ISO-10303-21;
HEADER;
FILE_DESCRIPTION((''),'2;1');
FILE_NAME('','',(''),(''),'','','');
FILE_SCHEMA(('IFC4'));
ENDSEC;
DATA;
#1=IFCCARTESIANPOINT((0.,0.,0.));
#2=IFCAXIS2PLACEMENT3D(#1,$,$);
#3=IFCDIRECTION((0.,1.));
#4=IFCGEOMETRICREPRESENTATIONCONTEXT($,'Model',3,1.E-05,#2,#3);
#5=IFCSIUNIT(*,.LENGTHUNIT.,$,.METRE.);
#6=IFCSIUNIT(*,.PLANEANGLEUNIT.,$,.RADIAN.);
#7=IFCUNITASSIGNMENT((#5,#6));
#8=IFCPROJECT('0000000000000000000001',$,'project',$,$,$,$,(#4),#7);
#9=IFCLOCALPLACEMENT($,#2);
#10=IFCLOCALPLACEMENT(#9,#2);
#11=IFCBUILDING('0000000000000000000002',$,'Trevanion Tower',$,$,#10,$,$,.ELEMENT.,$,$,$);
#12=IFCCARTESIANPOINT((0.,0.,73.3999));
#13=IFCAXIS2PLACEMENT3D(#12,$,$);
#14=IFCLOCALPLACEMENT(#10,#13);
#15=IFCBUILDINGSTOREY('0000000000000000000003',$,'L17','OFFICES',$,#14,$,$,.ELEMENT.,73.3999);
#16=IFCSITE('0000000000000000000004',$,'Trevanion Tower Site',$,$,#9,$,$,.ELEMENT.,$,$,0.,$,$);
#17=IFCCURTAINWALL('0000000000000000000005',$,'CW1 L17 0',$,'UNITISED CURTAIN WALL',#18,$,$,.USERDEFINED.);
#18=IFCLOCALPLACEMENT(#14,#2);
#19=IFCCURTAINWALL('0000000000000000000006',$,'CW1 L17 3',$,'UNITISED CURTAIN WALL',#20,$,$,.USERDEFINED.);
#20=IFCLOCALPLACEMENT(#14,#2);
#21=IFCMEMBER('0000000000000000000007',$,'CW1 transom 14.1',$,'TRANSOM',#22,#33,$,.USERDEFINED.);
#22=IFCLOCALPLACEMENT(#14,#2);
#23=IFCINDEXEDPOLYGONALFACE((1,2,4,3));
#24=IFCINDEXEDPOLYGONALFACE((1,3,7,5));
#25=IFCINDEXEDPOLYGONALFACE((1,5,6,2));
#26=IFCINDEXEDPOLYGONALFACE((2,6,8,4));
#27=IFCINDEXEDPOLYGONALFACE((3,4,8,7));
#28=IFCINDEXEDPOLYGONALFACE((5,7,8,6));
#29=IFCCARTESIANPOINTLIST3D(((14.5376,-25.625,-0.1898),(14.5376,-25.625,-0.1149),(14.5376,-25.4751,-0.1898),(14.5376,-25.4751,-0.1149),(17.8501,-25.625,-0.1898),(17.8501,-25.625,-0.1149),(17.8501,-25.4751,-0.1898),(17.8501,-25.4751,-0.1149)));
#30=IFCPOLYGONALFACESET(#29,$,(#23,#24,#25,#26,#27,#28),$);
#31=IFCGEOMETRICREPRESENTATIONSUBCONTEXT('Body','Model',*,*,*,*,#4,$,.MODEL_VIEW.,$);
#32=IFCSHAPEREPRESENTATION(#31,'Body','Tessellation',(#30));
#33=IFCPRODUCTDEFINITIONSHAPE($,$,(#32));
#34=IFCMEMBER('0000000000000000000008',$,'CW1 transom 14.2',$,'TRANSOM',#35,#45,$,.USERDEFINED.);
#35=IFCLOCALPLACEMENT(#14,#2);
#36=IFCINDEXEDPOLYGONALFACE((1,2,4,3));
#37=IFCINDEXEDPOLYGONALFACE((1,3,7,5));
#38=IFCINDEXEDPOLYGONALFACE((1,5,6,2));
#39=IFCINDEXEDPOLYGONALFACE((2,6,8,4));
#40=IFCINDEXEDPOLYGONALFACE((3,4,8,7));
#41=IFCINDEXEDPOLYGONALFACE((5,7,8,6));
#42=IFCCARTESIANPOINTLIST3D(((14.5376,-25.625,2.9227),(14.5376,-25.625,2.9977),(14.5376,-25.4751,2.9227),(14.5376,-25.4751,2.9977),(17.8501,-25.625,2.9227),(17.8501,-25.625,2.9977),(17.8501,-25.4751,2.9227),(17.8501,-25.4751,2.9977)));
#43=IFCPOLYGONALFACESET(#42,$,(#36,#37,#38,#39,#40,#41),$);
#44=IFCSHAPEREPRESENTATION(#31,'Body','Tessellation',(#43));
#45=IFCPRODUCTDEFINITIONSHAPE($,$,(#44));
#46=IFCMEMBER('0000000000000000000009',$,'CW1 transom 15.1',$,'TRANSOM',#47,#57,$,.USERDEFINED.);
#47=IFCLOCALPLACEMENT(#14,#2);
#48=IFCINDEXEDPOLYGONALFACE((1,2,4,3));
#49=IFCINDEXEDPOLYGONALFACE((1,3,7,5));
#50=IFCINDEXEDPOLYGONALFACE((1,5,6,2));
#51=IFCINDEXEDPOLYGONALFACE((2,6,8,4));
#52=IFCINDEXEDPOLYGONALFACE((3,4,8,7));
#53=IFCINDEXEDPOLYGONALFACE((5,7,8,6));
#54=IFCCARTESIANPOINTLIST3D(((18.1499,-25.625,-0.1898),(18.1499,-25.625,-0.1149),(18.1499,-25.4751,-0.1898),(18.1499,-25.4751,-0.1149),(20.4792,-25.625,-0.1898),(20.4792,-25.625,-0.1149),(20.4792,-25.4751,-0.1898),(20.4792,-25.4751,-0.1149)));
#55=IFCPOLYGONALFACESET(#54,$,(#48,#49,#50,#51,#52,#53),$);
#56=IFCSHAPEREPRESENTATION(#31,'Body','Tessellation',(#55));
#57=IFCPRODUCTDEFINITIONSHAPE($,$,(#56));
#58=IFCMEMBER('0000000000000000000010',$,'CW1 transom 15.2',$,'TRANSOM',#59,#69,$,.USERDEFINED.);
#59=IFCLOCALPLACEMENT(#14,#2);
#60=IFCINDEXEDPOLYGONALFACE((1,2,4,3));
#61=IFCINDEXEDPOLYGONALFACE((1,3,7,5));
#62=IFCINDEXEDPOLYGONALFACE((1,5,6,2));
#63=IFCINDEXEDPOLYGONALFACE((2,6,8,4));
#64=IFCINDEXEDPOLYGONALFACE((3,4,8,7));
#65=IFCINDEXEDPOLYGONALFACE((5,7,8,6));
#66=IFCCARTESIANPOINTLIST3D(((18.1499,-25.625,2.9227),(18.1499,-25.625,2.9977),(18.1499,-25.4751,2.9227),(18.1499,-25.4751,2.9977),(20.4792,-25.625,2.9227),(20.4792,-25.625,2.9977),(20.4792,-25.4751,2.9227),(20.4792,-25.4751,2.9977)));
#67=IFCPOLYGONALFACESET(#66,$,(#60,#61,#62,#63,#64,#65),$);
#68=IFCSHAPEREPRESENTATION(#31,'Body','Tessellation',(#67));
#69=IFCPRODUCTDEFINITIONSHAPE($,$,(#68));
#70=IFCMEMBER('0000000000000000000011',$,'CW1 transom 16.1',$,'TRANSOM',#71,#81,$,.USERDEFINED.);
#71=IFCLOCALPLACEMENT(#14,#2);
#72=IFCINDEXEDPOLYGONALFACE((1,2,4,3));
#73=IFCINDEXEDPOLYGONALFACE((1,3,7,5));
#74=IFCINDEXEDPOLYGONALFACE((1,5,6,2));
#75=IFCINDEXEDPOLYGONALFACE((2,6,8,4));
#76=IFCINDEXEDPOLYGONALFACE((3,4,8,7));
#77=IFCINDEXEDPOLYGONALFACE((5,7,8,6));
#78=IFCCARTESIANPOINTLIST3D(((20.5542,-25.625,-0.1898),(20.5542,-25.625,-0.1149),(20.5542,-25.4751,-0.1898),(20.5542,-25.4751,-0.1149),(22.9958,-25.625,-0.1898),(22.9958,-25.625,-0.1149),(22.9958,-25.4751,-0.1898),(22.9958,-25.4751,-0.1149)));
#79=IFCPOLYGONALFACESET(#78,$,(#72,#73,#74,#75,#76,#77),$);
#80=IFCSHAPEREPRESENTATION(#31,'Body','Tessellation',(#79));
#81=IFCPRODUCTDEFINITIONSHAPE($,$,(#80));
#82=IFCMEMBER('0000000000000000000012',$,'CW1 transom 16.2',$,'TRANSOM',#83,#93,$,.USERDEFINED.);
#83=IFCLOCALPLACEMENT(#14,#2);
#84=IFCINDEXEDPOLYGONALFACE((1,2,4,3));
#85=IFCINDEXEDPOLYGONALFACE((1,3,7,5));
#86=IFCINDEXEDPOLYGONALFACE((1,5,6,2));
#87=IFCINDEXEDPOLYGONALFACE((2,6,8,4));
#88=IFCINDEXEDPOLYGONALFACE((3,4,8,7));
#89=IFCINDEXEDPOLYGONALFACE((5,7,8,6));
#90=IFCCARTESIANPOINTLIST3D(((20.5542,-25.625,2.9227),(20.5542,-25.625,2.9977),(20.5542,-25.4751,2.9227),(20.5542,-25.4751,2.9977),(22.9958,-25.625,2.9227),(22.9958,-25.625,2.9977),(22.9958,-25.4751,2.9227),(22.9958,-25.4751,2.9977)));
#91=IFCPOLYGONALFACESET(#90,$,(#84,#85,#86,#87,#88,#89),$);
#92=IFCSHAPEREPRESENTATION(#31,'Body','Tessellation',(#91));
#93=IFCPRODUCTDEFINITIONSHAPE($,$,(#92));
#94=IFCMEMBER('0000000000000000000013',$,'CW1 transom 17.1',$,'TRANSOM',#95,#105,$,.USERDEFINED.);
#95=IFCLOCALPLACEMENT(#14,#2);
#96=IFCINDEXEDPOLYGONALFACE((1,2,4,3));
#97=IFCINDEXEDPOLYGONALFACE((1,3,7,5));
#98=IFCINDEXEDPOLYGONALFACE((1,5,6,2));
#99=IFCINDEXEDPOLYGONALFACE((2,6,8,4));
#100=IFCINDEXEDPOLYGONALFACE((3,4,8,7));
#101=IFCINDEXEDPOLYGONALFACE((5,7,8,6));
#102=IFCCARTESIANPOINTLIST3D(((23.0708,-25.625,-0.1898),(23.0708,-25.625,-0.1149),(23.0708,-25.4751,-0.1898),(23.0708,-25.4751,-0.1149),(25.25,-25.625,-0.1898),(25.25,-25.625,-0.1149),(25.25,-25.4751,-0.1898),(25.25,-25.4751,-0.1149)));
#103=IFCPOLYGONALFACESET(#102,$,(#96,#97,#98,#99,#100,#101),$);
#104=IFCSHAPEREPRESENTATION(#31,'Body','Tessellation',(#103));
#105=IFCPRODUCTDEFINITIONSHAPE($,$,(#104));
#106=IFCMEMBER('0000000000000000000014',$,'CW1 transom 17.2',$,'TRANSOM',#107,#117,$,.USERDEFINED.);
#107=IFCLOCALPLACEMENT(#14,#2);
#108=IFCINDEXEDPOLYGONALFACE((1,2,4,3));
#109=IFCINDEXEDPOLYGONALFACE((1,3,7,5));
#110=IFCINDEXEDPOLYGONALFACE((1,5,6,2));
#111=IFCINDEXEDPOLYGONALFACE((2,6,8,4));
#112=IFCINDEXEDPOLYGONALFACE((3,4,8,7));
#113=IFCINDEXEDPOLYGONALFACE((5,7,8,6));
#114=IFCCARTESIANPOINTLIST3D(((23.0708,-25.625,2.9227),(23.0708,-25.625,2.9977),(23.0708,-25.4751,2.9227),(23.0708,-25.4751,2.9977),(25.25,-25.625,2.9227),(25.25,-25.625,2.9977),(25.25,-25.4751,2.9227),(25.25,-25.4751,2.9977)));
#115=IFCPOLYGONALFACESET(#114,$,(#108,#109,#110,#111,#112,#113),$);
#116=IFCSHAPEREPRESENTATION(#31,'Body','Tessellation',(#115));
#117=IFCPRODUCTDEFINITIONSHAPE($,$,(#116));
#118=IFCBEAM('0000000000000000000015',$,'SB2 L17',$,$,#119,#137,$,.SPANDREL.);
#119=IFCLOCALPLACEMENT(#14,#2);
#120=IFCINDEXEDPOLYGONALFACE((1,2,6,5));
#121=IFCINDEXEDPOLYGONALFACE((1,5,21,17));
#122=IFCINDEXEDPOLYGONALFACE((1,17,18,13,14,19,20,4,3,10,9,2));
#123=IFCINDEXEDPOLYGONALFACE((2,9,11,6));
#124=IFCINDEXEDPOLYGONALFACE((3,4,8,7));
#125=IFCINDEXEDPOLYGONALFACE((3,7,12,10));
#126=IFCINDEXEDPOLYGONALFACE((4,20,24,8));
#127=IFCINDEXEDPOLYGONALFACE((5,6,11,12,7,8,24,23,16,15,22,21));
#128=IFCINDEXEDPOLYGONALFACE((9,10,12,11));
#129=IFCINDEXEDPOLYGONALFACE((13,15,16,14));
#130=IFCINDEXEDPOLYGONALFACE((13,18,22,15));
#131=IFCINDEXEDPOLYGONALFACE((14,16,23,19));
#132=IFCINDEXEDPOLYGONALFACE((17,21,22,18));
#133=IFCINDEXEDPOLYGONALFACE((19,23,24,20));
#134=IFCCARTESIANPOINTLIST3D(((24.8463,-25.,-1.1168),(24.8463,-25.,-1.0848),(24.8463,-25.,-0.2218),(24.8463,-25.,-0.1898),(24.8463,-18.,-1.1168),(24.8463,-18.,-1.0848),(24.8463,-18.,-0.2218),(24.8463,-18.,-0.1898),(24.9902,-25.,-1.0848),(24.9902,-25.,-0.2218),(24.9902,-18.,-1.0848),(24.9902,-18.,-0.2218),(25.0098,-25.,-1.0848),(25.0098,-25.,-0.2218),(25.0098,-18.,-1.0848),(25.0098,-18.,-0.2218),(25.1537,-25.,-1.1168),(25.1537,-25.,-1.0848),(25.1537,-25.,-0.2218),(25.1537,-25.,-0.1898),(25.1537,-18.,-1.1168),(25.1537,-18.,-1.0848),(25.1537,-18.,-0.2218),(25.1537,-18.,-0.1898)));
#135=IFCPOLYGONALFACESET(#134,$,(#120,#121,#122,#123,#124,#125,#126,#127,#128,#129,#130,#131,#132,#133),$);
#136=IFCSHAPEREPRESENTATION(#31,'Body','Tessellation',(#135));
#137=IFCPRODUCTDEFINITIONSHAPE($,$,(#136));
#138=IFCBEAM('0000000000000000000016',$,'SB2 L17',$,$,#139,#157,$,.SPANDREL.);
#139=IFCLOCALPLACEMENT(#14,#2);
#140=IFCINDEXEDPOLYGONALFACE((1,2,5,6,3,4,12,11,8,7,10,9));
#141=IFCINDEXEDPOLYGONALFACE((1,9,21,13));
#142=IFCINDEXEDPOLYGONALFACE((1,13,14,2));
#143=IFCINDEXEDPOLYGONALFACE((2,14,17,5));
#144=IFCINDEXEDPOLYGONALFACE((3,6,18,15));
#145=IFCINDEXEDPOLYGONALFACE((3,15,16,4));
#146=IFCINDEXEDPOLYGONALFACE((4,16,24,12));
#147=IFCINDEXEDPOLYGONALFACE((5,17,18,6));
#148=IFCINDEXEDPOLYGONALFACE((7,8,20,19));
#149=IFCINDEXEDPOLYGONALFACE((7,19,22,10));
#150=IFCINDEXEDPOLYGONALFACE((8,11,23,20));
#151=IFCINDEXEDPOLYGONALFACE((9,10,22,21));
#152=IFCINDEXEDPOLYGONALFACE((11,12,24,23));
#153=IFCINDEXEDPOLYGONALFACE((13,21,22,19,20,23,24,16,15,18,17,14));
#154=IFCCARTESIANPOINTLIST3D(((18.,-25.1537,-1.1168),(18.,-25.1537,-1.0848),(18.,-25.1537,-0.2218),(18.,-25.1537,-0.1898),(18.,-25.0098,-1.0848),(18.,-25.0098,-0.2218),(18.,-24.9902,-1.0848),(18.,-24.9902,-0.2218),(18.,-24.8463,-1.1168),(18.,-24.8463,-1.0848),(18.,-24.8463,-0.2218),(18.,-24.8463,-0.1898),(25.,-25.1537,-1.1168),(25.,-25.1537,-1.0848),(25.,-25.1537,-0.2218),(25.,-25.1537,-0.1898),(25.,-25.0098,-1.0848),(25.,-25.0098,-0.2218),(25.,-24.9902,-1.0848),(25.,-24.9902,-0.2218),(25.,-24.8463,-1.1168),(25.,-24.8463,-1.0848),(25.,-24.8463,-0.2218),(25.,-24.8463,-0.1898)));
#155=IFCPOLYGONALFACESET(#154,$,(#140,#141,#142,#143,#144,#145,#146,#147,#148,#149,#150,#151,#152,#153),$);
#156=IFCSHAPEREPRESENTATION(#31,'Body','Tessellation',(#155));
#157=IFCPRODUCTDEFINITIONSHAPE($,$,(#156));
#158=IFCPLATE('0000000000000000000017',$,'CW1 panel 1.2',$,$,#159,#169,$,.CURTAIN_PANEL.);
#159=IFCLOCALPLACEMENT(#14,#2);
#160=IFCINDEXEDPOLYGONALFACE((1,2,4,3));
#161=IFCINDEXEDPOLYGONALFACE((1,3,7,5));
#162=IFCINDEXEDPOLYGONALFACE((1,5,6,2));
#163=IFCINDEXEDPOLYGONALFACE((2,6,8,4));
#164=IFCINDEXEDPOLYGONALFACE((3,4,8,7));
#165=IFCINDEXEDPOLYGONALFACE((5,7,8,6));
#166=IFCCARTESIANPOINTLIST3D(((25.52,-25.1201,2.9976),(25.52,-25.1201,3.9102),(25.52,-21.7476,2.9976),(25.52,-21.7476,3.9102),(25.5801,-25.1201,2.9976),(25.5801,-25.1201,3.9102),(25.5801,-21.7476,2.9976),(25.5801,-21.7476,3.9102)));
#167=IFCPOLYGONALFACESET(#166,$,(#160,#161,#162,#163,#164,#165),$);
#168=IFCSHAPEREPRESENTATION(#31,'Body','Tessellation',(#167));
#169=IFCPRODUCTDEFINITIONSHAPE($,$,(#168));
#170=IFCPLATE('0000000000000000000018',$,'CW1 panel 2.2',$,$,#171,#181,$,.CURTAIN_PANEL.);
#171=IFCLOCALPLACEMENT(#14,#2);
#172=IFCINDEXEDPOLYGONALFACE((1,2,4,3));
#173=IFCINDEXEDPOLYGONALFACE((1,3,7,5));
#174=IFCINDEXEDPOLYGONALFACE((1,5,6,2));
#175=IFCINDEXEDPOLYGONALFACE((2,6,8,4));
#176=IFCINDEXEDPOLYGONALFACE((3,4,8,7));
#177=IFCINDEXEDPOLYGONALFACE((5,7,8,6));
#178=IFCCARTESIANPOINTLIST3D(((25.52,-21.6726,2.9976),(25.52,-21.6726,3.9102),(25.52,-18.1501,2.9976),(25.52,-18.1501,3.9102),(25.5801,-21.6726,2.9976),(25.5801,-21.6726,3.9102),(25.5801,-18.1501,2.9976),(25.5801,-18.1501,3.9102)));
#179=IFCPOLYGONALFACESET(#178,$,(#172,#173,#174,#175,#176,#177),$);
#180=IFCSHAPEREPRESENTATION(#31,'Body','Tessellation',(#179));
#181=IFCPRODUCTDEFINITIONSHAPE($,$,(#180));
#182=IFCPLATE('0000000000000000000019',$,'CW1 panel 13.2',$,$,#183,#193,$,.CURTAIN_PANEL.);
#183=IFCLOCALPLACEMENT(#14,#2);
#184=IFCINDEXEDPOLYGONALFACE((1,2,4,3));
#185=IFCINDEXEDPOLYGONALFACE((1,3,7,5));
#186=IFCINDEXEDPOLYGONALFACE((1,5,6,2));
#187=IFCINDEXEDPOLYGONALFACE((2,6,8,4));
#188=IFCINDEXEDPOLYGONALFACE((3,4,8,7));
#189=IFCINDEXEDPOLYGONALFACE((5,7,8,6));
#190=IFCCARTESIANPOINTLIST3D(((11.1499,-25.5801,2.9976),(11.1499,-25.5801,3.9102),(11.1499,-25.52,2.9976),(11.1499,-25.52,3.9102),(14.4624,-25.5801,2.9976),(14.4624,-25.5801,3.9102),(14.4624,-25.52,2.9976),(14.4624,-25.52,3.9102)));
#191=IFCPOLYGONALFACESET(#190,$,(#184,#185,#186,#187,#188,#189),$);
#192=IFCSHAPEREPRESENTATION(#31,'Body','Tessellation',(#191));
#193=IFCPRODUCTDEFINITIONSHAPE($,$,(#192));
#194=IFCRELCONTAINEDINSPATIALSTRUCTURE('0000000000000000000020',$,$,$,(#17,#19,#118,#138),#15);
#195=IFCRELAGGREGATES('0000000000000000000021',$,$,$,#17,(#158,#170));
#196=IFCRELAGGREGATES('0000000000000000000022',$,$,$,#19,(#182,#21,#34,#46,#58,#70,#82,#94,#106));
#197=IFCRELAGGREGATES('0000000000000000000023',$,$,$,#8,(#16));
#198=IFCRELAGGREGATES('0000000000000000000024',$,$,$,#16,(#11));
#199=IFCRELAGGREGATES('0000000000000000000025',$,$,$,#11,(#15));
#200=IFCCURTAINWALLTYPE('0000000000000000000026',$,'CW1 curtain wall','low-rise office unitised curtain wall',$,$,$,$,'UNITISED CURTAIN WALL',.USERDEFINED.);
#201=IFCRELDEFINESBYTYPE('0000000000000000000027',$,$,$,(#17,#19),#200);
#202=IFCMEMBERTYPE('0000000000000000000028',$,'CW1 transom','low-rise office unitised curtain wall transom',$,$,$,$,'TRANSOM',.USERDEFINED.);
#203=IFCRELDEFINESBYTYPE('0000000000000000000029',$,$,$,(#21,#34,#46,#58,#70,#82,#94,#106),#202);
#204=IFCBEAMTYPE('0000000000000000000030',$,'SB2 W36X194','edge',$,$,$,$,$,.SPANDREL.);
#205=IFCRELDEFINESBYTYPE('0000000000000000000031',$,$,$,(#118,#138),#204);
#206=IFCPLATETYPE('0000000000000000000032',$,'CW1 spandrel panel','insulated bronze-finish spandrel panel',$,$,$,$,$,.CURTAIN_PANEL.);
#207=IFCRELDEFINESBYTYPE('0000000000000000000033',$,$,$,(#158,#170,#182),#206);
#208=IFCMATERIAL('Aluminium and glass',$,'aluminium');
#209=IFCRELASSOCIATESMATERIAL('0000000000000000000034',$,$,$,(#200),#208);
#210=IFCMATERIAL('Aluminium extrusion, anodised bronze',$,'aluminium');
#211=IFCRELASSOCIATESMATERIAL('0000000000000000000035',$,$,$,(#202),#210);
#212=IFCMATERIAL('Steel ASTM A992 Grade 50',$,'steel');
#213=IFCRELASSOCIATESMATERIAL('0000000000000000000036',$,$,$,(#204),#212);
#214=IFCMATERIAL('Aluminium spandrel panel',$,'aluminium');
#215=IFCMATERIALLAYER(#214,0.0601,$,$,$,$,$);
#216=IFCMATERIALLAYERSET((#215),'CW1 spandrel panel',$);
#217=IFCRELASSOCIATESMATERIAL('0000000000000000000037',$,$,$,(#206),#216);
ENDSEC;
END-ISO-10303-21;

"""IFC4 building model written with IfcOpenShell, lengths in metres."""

from ifc_helpers import new_model, si_unit, direction, frame, origin, origin_2d, place, context, subcontext, project, spatial, rectangle, i_section, extrude, material, layer, layer_set, material_profile, profile_set, type_object, element, aggregate, save


model = new_model("IFC4")

# Units and contexts
model_context = context("Model", 3, precision=1e-05, world=origin(), true_north=direction((0.0, 1.0)))
body_context = subcontext(model_context, "Body", "Model", "MODEL_VIEW")
ifc_project = project(units=[si_unit("LENGTHUNIT", "METRE"), si_unit("PLANEANGLEUNIT", "RADIAN")], contexts=[model_context])

# Site, building, storey
site_placement = place(None, origin())
site = spatial("IfcSite", under=ifc_project, at=site_placement, Name="Trevanion Tower Site", CompositionType="ELEMENT", RefElevation=0.0)
building_placement = place(site_placement, origin())
building = spatial("IfcBuilding", under=site, at=building_placement, Name="Trevanion Tower", CompositionType="ELEMENT")
storey_placement = place(building_placement, frame((0.0, 0.0, 73.3999)))
storey = spatial("IfcBuildingStorey", under=building, at=storey_placement, Name="L17", Description="OFFICES", CompositionType="ELEMENT", Elevation=73.3999)

# Curtain wall
ifc_material_1 = material(Name="Aluminium and glass", Category="aluminium")
curtain_wall_type = type_object("IfcCurtainWallType", Name="CW1 curtain wall", Description="low-rise office unitised curtain wall", ElementType="UNITISED CURTAIN WALL", PredefinedType="USERDEFINED", material=ifc_material_1)
curtain_wall_1_placement = place(storey_placement, origin())
curtain_wall_1 = element("IfcCurtainWall", 1, at=curtain_wall_1_placement, inside=storey, type_object=curtain_wall_type, Name="CW1 L17 0", ObjectType="UNITISED CURTAIN WALL", PredefinedType="USERDEFINED")

# Curtain wall
curtain_wall_2_placement = place(storey_placement, origin())
curtain_wall_2 = element("IfcCurtainWall", 2, at=curtain_wall_2_placement, inside=storey, type_object=curtain_wall_type, Name="CW1 L17 3", ObjectType="UNITISED CURTAIN WALL", PredefinedType="USERDEFINED")

# Members
ifc_material_2 = material(Name="Aluminium extrusion, anodised bronze", Category="aluminium")
ifc_material_profile_1 = material_profile(ifc_material_2, rectangle(XDim=0.1499, YDim=0.075, at=origin_2d()), Name="CW1 transom")
ifc_profile_set_1 = profile_set([ifc_material_profile_1], Name="Aluminium extrusion, anodised bronze")
member_type_1 = type_object("IfcMemberType", Name="CW1 transom", Description="low-rise office unitised curtain wall transom", ElementType="TRANSOM", PredefinedType="USERDEFINED", material=ifc_profile_set_1)
member_1_placement = place(storey_placement, frame((14.5376, -25.55, -0.1523), z_axis=(1.0, 0.0, 0.0), x_axis=(0.0, 1.0, 0.0)))
member_1 = element("IfcMember", 3, at=member_1_placement, type_object=member_type_1, Name="CW1 transom 14.1", ObjectType="TRANSOM", PredefinedType="USERDEFINED", context=body_context, shape_type="SweptSolid", body=[
    extrude(rectangle(XDim=0.1499, YDim=0.075, at=origin_2d()), origin(), (0.0, 0.0, 1.0), 3.3125),
])
member_2_placement = place(storey_placement, frame((14.5376, -25.55, 2.9602), z_axis=(1.0, 0.0, 0.0), x_axis=(0.0, 1.0, 0.0)))
member_2 = element("IfcMember", 4, at=member_2_placement, type_object=member_type_1, Name="CW1 transom 14.2", ObjectType="TRANSOM", PredefinedType="USERDEFINED", context=body_context, shape_type="SweptSolid", body=[
    extrude(rectangle(XDim=0.1499, YDim=0.075, at=origin_2d()), origin(), (0.0, 0.0, 1.0), 3.3125),
])
member_3_placement = place(storey_placement, frame((18.1499, -25.55, -0.1523), z_axis=(1.0, 0.0, 0.0), x_axis=(0.0, 1.0, 0.0)))
member_3 = element("IfcMember", 5, at=member_3_placement, type_object=member_type_1, Name="CW1 transom 15.1", ObjectType="TRANSOM", PredefinedType="USERDEFINED", context=body_context, shape_type="SweptSolid", body=[
    extrude(rectangle(XDim=0.1499, YDim=0.075, at=origin_2d()), origin(), (0.0, 0.0, 1.0), 2.3293),
])
member_4_placement = place(storey_placement, frame((18.1499, -25.55, 2.9602), z_axis=(1.0, 0.0, 0.0), x_axis=(0.0, 1.0, 0.0)))
member_4 = element("IfcMember", 6, at=member_4_placement, type_object=member_type_1, Name="CW1 transom 15.2", ObjectType="TRANSOM", PredefinedType="USERDEFINED", context=body_context, shape_type="SweptSolid", body=[
    extrude(rectangle(XDim=0.1499, YDim=0.075, at=origin_2d()), origin(), (0.0, 0.0, 1.0), 2.3293),
])
member_5_placement = place(storey_placement, frame((20.5542, -25.55, -0.1523), z_axis=(1.0, 0.0, 0.0), x_axis=(0.0, 1.0, 0.0)))
member_5 = element("IfcMember", 7, at=member_5_placement, type_object=member_type_1, Name="CW1 transom 16.1", ObjectType="TRANSOM", PredefinedType="USERDEFINED", context=body_context, shape_type="SweptSolid", body=[
    extrude(rectangle(XDim=0.1499, YDim=0.075, at=origin_2d()), origin(), (0.0, 0.0, 1.0), 2.4417),
])
member_6_placement = place(storey_placement, frame((20.5542, -25.55, 2.9602), z_axis=(1.0, 0.0, 0.0), x_axis=(0.0, 1.0, 0.0)))
member_6 = element("IfcMember", 8, at=member_6_placement, type_object=member_type_1, Name="CW1 transom 16.2", ObjectType="TRANSOM", PredefinedType="USERDEFINED", context=body_context, shape_type="SweptSolid", body=[
    extrude(rectangle(XDim=0.1499, YDim=0.075, at=origin_2d()), origin(), (0.0, 0.0, 1.0), 2.4417),
])
member_7_placement = place(storey_placement, frame((23.0708, -25.55, -0.1523), z_axis=(1.0, 0.0, 0.0), x_axis=(0.0, 1.0, 0.0)))
member_7 = element("IfcMember", 9, at=member_7_placement, type_object=member_type_1, Name="CW1 transom 17.1", ObjectType="TRANSOM", PredefinedType="USERDEFINED", context=body_context, shape_type="SweptSolid", body=[
    extrude(rectangle(XDim=0.1499, YDim=0.075, at=origin_2d()), origin(), (0.0, 0.0, 1.0), 2.1792),
])
member_8_placement = place(storey_placement, frame((23.0708, -25.55, 2.9602), z_axis=(1.0, 0.0, 0.0), x_axis=(0.0, 1.0, 0.0)))
member_8 = element("IfcMember", 10, at=member_8_placement, type_object=member_type_1, Name="CW1 transom 17.2", ObjectType="TRANSOM", PredefinedType="USERDEFINED", context=body_context, shape_type="SweptSolid", body=[
    extrude(rectangle(XDim=0.1499, YDim=0.075, at=origin_2d()), origin(), (0.0, 0.0, 1.0), 2.1792),
])

# Beams
ifc_material_3 = material(Name="Steel ASTM A992 Grade 50", Category="steel")
ifc_material_profile_2 = material_profile(ifc_material_3, i_section(OverallWidth=0.3074, OverallDepth=0.927, WebThickness=0.0195, FlangeThickness=0.032, at=origin_2d()), Name="W36X194")
ifc_profile_set_2 = profile_set([ifc_material_profile_2], Name="Steel ASTM A992 Grade 50")
beam_type = type_object("IfcBeamType", Name="SB2 W36X194", Description="edge", PredefinedType="SPANDREL", material=ifc_profile_set_2)
for number, where, z_axis, x_axis, name in (
    (11, (25.0, -25.0, -0.6533), (0.0, 1.0, 0.0), (-1.0, 0.0, 0.0), "SB2 L17"),
    (12, (18.0, -25.0, -0.6533), (1.0, 0.0, 0.0), (0.0, 1.0, 0.0), "SB2 L17"),
):
    element("IfcBeam", number, at=place(storey_placement, frame(where, z_axis=z_axis, x_axis=x_axis)), inside=storey, type_object=beam_type, Name=name, PredefinedType="SPANDREL", context=body_context, shape_type="SweptSolid", body=[
        extrude(i_section(OverallWidth=0.3074, OverallDepth=0.927, WebThickness=0.0195, FlangeThickness=0.032, at=origin_2d()), origin(), (0.0, 0.0, 1.0), 7.0),
    ])

# Plates
ifc_material_4 = material(Name="Aluminium spandrel panel", Category="aluminium")
ifc_layer_1 = layer(ifc_material_4, 0.0601)
ifc_layer_set_1 = layer_set([ifc_layer_1], Name="CW1 spandrel panel")
plate_type_1 = type_object("IfcPlateType", Name="CW1 spandrel panel", Description="insulated bronze-finish spandrel panel", PredefinedType="CURTAIN_PANEL", material=ifc_layer_set_1)
plate_1_placement = place(storey_placement, frame((25.55, -23.4338, 2.9976), z_axis=(0.0, 0.0, 1.0), x_axis=(0.0, 1.0, 0.0)))
plate_1 = element("IfcPlate", 13, at=plate_1_placement, type_object=plate_type_1, Name="CW1 panel 1.2", PredefinedType="CURTAIN_PANEL", context=body_context, shape_type="SweptSolid", body=[
    extrude(rectangle(XDim=3.3726, YDim=0.0601, at=origin_2d()), origin(), (0.0, 0.0, 1.0), 0.9126),
])
plate_2_placement = place(storey_placement, frame((25.55, -19.9114, 2.9976), z_axis=(0.0, 0.0, 1.0), x_axis=(0.0, 1.0, 0.0)))
plate_2 = element("IfcPlate", 14, at=plate_2_placement, type_object=plate_type_1, Name="CW1 panel 2.2", PredefinedType="CURTAIN_PANEL", context=body_context, shape_type="SweptSolid", body=[
    extrude(rectangle(XDim=3.5225, YDim=0.0601, at=origin_2d()), origin(), (0.0, 0.0, 1.0), 0.9126),
])
plate_3_placement = place(storey_placement, frame((12.8062, -25.55, 2.9976), z_axis=(0.0, 0.0, 1.0), x_axis=(1.0, 0.0, 0.0)))
plate_3 = element("IfcPlate", 15, at=plate_3_placement, type_object=plate_type_1, Name="CW1 panel 13.2", PredefinedType="CURTAIN_PANEL", context=body_context, shape_type="SweptSolid", body=[
    extrude(rectangle(XDim=3.3125, YDim=0.0601, at=origin_2d()), origin(), (0.0, 0.0, 1.0), 0.9126),
])
aggregate(curtain_wall_1, [plate_1, plate_2])
aggregate(curtain_wall_2, [plate_3, member_1, member_2, member_3, member_4, member_5, member_6, member_7, member_8])

save(model, "model.ifc")
